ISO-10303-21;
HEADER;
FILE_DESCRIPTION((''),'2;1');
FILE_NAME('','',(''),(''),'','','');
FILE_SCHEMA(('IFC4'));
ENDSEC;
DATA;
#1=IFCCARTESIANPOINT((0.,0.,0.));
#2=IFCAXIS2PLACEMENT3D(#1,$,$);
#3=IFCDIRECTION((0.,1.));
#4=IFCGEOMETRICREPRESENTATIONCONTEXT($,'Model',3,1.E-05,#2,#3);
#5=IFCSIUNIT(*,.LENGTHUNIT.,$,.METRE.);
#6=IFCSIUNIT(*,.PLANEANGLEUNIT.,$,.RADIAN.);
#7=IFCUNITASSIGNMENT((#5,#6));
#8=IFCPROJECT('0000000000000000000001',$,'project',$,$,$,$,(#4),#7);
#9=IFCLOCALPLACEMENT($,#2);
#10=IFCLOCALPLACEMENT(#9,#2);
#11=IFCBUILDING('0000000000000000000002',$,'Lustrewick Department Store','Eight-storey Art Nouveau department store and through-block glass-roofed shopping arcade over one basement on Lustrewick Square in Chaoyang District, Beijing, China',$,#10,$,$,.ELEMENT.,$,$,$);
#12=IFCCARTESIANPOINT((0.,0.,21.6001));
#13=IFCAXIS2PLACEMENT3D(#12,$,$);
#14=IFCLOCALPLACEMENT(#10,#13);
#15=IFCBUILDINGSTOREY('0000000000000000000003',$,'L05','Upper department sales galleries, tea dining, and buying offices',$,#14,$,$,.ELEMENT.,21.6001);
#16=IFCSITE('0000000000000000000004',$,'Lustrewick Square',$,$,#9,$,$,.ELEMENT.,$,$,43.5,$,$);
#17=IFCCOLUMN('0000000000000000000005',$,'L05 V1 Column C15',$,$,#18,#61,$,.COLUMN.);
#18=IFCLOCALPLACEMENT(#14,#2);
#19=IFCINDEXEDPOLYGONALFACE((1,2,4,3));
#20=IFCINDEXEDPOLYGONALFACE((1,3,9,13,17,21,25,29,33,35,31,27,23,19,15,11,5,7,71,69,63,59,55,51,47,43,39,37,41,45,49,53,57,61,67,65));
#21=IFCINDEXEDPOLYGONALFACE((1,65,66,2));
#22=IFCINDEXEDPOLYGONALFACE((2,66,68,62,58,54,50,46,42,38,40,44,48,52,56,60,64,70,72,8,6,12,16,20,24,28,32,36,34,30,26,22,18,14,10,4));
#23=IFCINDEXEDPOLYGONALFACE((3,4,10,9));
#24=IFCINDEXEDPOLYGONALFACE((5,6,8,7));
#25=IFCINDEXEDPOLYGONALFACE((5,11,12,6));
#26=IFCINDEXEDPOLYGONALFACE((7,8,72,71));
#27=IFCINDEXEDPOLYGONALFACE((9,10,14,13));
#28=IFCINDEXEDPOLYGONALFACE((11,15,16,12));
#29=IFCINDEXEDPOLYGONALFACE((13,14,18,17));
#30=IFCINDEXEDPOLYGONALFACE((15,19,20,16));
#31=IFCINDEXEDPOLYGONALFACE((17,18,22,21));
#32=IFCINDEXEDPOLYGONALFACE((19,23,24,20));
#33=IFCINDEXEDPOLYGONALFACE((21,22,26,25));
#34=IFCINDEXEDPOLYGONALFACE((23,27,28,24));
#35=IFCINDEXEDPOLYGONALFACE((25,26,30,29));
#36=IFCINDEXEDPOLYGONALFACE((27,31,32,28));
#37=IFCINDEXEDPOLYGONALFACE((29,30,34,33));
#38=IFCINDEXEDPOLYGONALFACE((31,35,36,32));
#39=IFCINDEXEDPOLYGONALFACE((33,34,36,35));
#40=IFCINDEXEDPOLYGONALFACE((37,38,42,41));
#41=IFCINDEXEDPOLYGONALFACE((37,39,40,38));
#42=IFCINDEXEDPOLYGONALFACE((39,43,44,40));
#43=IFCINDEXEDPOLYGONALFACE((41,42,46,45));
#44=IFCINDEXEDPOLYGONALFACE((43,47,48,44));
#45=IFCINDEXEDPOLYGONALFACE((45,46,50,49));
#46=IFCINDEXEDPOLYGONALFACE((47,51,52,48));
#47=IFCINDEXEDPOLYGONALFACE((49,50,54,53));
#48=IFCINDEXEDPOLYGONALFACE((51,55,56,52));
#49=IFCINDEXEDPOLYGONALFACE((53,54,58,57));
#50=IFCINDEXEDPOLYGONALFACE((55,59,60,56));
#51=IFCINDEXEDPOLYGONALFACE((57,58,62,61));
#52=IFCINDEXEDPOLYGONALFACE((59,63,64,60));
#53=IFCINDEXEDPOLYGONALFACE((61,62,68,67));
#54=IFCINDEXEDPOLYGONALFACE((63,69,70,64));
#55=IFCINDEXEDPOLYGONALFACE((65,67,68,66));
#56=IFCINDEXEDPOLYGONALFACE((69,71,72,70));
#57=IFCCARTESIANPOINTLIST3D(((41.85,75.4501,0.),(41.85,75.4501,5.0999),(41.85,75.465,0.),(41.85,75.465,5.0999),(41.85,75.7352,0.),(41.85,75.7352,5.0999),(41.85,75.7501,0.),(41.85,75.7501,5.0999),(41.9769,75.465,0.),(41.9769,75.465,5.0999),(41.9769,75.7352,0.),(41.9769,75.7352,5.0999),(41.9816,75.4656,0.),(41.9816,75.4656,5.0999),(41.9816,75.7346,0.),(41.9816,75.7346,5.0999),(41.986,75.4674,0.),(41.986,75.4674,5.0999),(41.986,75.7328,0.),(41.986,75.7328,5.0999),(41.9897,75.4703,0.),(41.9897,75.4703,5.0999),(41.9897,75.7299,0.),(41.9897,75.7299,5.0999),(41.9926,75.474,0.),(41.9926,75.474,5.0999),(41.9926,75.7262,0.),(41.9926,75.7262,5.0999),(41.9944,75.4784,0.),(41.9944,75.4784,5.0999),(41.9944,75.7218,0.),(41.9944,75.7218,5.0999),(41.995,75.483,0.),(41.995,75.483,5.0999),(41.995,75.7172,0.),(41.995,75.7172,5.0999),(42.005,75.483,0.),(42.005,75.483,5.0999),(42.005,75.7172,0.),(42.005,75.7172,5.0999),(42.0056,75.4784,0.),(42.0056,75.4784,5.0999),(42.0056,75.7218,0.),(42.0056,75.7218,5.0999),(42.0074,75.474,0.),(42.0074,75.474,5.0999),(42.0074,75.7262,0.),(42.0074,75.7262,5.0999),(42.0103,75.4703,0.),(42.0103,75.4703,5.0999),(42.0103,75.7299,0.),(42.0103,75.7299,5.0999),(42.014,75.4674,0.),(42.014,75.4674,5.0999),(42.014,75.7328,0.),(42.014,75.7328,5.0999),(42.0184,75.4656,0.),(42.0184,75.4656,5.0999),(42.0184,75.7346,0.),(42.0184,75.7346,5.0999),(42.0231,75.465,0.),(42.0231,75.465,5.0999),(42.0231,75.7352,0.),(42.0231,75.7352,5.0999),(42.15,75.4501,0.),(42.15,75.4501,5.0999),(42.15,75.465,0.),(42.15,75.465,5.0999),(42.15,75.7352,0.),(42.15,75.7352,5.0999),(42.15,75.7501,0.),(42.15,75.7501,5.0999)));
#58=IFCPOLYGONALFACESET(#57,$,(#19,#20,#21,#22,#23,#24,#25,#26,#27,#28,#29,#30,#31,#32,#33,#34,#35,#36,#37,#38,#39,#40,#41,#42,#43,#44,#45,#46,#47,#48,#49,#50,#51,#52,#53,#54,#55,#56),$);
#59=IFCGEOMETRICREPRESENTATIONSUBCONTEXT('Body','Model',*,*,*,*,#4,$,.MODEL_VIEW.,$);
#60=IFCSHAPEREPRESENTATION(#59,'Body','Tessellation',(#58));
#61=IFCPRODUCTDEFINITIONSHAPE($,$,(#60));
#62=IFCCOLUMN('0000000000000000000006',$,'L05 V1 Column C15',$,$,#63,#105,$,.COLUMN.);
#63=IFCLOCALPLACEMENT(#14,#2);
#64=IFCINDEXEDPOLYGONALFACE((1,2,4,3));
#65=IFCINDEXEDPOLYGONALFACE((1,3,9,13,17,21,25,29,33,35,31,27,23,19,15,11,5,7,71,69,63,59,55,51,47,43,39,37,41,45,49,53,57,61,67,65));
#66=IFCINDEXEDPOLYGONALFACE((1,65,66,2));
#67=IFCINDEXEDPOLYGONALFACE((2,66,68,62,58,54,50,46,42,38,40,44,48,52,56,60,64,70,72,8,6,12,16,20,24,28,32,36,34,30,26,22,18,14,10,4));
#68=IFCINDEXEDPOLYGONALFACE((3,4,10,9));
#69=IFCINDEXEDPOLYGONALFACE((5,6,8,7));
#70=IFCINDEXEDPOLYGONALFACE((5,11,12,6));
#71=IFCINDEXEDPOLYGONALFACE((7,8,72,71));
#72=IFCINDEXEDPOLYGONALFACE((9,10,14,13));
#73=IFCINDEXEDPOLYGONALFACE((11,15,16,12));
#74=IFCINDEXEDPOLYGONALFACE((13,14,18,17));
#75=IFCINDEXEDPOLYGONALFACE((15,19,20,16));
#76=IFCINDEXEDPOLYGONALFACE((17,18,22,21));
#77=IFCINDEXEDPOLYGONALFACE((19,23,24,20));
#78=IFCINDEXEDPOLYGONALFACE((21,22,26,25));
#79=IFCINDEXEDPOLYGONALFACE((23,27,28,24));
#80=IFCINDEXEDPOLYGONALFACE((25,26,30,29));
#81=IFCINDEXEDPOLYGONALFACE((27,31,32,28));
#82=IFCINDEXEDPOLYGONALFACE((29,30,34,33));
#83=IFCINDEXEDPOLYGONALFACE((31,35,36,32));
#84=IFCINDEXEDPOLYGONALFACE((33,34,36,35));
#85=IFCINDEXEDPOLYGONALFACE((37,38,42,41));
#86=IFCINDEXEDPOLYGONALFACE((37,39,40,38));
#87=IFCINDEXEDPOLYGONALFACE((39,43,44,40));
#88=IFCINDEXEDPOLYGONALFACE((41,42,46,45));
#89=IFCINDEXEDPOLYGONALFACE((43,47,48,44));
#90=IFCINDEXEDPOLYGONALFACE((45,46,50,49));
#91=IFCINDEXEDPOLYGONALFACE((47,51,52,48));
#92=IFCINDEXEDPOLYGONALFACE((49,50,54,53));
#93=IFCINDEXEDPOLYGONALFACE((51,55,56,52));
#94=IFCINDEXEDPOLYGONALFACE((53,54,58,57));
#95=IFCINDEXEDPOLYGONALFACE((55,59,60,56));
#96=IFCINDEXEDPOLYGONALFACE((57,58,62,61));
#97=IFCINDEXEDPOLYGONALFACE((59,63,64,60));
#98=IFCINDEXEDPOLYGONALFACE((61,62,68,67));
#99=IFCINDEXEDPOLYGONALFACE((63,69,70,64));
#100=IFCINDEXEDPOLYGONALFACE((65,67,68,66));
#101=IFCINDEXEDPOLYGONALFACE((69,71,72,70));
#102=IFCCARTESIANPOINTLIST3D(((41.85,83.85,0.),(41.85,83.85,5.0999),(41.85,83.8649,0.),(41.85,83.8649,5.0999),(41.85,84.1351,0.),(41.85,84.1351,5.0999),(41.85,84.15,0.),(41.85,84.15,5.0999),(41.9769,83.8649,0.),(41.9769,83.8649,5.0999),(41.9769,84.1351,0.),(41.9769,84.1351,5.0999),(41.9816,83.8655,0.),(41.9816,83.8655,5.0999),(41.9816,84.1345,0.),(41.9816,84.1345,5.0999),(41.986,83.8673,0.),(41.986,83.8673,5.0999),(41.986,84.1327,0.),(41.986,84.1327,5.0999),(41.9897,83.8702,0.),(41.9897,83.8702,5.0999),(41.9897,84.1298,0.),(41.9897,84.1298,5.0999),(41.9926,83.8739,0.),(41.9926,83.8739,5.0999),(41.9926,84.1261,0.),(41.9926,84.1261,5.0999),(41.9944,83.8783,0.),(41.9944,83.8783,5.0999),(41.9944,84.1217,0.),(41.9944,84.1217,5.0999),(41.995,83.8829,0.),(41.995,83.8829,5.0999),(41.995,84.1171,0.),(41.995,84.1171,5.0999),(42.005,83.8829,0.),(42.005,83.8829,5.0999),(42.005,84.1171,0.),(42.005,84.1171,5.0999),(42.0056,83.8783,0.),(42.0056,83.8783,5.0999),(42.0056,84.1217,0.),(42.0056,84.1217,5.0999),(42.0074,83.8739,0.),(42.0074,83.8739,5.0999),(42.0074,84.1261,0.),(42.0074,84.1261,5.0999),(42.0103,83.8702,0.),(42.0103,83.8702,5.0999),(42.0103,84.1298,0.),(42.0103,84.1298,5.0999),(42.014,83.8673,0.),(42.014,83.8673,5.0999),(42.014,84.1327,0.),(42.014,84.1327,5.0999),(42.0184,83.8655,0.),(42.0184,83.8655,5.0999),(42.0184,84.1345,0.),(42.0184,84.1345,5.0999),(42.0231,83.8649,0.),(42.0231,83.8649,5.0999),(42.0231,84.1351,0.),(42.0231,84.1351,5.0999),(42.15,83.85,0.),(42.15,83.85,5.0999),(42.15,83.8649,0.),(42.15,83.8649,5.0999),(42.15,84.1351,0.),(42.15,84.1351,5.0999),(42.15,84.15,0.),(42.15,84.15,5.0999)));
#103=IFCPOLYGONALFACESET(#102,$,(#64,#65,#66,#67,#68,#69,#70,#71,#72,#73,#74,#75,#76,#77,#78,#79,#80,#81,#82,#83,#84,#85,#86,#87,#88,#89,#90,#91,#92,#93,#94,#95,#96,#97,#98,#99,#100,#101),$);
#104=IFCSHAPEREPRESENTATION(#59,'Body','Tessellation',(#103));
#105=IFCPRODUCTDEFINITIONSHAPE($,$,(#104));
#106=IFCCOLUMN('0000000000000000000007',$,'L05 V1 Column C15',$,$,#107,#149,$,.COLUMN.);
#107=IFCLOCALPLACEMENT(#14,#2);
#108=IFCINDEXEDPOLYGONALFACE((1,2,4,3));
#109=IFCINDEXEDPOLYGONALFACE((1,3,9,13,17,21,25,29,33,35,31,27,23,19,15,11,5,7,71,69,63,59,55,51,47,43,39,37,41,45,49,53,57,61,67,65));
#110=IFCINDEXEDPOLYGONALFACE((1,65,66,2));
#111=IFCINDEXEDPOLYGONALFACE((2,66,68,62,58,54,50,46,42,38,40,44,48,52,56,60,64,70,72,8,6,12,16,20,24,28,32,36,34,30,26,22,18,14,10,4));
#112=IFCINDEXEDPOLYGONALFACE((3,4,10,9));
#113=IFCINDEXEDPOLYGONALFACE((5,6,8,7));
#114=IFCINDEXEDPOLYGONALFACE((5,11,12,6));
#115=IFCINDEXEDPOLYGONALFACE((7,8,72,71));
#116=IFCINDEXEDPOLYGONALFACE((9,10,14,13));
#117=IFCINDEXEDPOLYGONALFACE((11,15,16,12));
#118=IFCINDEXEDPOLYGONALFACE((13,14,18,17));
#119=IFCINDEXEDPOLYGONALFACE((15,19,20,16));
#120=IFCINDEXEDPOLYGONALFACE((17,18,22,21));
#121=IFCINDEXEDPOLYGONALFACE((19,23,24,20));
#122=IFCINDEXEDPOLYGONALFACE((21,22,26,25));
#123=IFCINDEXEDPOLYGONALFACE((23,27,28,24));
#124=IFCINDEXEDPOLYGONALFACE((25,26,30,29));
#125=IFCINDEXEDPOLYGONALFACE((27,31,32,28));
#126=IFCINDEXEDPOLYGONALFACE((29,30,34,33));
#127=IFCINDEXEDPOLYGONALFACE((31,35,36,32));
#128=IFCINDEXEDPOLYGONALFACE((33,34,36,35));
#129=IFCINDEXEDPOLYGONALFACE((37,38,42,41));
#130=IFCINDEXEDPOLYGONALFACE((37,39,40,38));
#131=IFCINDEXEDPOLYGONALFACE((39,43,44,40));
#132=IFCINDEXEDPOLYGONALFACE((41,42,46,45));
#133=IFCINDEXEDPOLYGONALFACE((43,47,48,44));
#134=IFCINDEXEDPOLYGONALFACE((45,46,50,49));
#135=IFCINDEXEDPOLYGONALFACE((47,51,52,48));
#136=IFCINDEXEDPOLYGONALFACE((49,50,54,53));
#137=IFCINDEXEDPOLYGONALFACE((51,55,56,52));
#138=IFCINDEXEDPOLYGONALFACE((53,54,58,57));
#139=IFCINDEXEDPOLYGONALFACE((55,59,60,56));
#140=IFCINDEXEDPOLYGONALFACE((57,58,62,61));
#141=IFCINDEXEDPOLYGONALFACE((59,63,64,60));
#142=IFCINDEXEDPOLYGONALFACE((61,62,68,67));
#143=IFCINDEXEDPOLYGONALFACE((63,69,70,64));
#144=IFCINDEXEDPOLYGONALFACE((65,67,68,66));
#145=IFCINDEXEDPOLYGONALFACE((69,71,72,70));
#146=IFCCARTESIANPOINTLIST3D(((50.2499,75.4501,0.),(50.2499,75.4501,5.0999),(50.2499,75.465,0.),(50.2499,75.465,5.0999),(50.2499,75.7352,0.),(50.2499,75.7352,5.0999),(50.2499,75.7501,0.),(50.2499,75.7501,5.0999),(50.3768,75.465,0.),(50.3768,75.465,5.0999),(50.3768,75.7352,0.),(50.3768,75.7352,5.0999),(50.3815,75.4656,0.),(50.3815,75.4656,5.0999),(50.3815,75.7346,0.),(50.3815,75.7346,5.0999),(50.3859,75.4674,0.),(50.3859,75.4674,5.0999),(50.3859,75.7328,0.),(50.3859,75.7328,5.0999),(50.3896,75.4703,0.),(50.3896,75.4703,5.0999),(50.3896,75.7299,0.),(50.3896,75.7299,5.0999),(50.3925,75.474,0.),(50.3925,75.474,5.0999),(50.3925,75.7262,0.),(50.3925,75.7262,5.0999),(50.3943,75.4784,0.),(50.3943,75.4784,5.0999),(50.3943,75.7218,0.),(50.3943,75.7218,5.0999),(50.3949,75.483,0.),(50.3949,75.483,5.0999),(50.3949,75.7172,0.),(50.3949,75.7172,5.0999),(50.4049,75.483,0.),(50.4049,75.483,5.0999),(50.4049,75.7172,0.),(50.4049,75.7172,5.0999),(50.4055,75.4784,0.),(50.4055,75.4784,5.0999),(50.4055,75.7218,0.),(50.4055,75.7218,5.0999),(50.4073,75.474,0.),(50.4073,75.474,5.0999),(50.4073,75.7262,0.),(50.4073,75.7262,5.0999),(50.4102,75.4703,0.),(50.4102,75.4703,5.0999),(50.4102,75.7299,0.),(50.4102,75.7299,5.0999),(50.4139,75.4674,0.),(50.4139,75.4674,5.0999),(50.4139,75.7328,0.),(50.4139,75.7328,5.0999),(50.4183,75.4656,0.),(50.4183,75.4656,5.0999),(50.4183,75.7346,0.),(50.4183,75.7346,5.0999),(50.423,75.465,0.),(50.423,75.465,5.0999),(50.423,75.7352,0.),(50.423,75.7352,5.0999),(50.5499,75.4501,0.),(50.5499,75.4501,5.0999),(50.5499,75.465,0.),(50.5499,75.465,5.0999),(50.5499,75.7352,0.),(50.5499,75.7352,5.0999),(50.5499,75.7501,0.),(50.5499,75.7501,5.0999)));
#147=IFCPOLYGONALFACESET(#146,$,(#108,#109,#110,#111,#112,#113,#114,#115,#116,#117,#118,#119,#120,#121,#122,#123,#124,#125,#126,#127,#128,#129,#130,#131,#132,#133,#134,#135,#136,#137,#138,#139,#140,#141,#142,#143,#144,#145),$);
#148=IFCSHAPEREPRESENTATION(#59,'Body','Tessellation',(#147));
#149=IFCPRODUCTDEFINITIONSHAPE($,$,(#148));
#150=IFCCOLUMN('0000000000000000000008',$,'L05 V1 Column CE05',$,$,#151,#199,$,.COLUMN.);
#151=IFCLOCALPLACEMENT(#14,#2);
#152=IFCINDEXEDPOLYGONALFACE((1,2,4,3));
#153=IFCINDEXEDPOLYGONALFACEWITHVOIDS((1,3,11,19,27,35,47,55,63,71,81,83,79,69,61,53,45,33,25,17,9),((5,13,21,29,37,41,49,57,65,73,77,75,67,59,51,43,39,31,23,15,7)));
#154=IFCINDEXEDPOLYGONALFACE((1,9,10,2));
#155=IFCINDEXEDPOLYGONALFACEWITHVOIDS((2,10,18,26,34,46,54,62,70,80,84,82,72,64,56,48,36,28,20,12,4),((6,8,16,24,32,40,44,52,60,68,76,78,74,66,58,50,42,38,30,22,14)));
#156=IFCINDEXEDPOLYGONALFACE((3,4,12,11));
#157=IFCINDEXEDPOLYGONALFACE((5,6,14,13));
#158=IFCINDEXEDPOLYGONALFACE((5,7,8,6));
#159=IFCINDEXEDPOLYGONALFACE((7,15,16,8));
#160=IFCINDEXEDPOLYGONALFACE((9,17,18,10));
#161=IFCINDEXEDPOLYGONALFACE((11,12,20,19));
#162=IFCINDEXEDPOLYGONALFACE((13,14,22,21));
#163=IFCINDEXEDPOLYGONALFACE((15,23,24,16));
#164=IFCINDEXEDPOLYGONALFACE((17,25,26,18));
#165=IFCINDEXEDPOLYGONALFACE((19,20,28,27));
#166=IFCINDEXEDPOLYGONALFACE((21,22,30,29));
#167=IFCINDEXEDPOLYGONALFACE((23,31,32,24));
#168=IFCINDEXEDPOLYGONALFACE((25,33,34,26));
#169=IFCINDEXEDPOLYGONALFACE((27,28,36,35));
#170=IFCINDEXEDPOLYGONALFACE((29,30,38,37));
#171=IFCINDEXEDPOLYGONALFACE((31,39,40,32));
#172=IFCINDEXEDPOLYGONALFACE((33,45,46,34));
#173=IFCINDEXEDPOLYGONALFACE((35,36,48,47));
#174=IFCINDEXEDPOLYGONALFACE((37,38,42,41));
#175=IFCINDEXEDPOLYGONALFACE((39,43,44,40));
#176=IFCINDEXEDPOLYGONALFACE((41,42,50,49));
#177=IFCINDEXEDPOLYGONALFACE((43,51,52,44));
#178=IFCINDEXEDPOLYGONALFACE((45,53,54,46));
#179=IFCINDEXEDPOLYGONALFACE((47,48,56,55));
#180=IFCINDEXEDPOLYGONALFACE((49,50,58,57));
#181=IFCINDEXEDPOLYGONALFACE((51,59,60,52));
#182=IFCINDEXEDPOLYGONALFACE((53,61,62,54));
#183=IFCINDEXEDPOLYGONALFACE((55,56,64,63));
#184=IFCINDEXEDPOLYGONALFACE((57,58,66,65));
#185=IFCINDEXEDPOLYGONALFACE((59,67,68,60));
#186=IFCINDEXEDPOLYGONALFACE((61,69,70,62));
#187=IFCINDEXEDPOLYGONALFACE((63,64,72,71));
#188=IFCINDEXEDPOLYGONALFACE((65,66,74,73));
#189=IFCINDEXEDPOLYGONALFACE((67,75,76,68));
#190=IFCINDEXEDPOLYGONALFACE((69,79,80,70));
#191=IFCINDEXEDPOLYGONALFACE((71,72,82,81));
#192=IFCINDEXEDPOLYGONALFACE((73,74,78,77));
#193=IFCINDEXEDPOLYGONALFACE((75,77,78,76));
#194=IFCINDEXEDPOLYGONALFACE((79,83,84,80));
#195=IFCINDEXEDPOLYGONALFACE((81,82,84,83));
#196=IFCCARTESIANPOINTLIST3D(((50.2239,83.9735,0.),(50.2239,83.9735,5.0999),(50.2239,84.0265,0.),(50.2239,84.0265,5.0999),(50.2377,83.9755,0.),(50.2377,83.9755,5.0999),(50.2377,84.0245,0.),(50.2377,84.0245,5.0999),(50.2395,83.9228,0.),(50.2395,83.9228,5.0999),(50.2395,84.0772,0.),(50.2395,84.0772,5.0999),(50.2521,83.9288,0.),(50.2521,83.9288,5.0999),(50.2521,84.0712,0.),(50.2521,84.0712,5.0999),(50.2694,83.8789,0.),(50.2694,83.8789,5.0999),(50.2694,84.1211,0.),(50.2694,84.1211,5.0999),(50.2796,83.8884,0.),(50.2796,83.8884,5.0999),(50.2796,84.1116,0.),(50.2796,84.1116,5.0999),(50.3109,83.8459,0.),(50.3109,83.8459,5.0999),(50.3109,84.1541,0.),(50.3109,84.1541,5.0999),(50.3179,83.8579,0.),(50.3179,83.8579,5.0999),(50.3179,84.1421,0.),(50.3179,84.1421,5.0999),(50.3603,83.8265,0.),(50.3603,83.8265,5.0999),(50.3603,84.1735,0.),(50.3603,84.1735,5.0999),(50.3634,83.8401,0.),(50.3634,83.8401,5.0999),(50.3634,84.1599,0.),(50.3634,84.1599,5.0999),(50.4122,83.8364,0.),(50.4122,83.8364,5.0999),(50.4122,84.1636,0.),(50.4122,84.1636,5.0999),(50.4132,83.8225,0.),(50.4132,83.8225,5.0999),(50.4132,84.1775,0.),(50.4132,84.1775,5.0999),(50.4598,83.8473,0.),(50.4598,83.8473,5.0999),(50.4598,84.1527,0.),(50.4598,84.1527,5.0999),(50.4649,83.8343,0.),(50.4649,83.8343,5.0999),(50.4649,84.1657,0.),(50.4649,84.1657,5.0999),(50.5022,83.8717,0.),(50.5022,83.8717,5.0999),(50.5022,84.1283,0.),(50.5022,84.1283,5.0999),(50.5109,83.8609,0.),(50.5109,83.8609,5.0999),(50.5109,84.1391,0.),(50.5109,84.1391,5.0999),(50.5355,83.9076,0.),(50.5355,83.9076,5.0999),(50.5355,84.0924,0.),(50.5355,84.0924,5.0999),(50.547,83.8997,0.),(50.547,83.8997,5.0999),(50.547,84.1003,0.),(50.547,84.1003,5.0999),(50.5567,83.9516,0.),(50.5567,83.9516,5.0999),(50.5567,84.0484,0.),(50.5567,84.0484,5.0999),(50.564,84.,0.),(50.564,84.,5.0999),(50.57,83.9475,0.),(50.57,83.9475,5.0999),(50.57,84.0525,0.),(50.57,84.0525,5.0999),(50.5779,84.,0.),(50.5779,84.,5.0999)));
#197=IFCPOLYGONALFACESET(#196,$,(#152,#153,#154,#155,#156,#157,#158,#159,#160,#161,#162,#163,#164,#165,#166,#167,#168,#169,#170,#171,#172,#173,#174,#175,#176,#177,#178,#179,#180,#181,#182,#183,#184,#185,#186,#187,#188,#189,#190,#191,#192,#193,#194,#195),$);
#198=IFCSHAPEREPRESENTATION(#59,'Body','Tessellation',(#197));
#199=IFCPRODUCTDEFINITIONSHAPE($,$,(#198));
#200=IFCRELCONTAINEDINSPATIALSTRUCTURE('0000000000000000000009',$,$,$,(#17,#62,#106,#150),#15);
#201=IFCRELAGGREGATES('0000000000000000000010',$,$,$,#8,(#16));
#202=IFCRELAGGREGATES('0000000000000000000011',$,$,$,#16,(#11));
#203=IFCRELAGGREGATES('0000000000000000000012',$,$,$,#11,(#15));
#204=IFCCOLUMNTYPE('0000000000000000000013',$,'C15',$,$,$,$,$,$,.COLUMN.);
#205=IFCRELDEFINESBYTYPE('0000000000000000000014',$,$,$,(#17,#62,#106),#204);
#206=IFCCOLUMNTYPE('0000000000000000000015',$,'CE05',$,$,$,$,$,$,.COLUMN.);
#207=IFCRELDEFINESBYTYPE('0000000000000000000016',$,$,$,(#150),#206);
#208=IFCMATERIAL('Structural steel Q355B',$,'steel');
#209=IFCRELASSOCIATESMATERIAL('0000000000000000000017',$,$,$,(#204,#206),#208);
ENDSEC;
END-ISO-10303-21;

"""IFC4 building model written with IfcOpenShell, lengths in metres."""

from ifc_helpers import new_model, si_unit, direction, frame, origin, origin_2d, place, context, subcontext, project, spatial, hollow_circle, i_section, extrude, material, material_profile, profile_set, type_object, element, save


model = new_model("IFC4")

# Units and contexts
model_context = context("Model", 3, precision=1e-05, world=origin(), true_north=direction((0.0, 1.0)))
body_context = subcontext(model_context, "Body", "Model", "MODEL_VIEW")
ifc_project = project(units=[si_unit("LENGTHUNIT", "METRE"), si_unit("PLANEANGLEUNIT", "RADIAN")], contexts=[model_context])

# Site, building, storey
site_placement = place(None, origin())
site = spatial("IfcSite", under=ifc_project, at=site_placement, Name="Lustrewick Square", CompositionType="ELEMENT", RefElevation=43.5)
building_placement = place(site_placement, origin())
building = spatial("IfcBuilding", under=site, at=building_placement, Name="Lustrewick Department Store", Description="Eight-storey Art Nouveau department store and through-block glass-roofed shopping arcade over one basement on Lustrewick Square in Chaoyang District, Beijing, China", CompositionType="ELEMENT")
storey_placement = place(building_placement, frame((0.0, 0.0, 21.6001)))
storey = spatial("IfcBuildingStorey", under=building, at=storey_placement, Name="L05", Description="Upper department sales galleries, tea dining, and buying offices", CompositionType="ELEMENT", Elevation=21.6001)

# Columns
ifc_material_1 = material(Name="Structural steel Q355B", Category="steel")
ifc_material_profile_1 = material_profile(ifc_material_1, i_section(OverallWidth=0.3, OverallDepth=0.3, WebThickness=0.01, FlangeThickness=0.0149, FilletRadius=0.0181, at=origin_2d()), Name="HW 300x300x10x15")
ifc_profile_set_1 = profile_set([ifc_material_profile_1], Name="Structural steel Q355B")
column_type_1 = type_object("IfcColumnType", Name="C15", PredefinedType="COLUMN", material=ifc_profile_set_1)
for number, where, z_axis, x_axis, name in (
    (1, (42.0, 75.6001, 0.0), (0.0, 0.0, 1.0), (1.0, 0.0, 0.0), "L05 V1 Column C15"),
    (2, (42.0, 84.0, 0.0), (0.0, 0.0, 1.0), (1.0, 0.0, 0.0), "L05 V1 Column C15"),
    (3, (50.3999, 75.6001, 0.0), (0.0, 0.0, 1.0), (1.0, 0.0, 0.0), "L05 V1 Column C15"),
):
    element("IfcColumn", number, at=place(storey_placement, frame(where, z_axis=z_axis, x_axis=x_axis)), inside=storey, type_object=column_type_1, Name=name, PredefinedType="COLUMN", context=body_context, shape_type="SweptSolid", body=[
        extrude(i_section(OverallWidth=0.3, OverallDepth=0.3, WebThickness=0.01, FlangeThickness=0.0149, FilletRadius=0.0181, at=origin_2d()), origin(), (0.0, 0.0, 1.0), 5.0999),
    ])
ifc_material_profile_2 = material_profile(ifc_material_1, hollow_circle(Radius=0.178, WallThickness=0.0139, at=origin_2d()), Name="CHS 356x14")
ifc_profile_set_2 = profile_set([ifc_material_profile_2], Name="Structural steel Q355B")
column_type_2 = type_object("IfcColumnType", Name="CE05", PredefinedType="COLUMN", material=ifc_profile_set_2)
column_placement = place(storey_placement, frame((50.3999, 84.0, 0.0), z_axis=(0.0, 0.0, 1.0), x_axis=(1.0, 0.0, 0.0)))
element("IfcColumn", 4, at=column_placement, inside=storey, type_object=column_type_2, Name="L05 V1 Column CE05", PredefinedType="COLUMN", context=body_context, shape_type="SweptSolid", body=[
    extrude(hollow_circle(Radius=0.178, WallThickness=0.0139, at=origin_2d()), origin(), (0.0, 0.0, 1.0), 5.0999),
])

save(model, "model.ifc")
